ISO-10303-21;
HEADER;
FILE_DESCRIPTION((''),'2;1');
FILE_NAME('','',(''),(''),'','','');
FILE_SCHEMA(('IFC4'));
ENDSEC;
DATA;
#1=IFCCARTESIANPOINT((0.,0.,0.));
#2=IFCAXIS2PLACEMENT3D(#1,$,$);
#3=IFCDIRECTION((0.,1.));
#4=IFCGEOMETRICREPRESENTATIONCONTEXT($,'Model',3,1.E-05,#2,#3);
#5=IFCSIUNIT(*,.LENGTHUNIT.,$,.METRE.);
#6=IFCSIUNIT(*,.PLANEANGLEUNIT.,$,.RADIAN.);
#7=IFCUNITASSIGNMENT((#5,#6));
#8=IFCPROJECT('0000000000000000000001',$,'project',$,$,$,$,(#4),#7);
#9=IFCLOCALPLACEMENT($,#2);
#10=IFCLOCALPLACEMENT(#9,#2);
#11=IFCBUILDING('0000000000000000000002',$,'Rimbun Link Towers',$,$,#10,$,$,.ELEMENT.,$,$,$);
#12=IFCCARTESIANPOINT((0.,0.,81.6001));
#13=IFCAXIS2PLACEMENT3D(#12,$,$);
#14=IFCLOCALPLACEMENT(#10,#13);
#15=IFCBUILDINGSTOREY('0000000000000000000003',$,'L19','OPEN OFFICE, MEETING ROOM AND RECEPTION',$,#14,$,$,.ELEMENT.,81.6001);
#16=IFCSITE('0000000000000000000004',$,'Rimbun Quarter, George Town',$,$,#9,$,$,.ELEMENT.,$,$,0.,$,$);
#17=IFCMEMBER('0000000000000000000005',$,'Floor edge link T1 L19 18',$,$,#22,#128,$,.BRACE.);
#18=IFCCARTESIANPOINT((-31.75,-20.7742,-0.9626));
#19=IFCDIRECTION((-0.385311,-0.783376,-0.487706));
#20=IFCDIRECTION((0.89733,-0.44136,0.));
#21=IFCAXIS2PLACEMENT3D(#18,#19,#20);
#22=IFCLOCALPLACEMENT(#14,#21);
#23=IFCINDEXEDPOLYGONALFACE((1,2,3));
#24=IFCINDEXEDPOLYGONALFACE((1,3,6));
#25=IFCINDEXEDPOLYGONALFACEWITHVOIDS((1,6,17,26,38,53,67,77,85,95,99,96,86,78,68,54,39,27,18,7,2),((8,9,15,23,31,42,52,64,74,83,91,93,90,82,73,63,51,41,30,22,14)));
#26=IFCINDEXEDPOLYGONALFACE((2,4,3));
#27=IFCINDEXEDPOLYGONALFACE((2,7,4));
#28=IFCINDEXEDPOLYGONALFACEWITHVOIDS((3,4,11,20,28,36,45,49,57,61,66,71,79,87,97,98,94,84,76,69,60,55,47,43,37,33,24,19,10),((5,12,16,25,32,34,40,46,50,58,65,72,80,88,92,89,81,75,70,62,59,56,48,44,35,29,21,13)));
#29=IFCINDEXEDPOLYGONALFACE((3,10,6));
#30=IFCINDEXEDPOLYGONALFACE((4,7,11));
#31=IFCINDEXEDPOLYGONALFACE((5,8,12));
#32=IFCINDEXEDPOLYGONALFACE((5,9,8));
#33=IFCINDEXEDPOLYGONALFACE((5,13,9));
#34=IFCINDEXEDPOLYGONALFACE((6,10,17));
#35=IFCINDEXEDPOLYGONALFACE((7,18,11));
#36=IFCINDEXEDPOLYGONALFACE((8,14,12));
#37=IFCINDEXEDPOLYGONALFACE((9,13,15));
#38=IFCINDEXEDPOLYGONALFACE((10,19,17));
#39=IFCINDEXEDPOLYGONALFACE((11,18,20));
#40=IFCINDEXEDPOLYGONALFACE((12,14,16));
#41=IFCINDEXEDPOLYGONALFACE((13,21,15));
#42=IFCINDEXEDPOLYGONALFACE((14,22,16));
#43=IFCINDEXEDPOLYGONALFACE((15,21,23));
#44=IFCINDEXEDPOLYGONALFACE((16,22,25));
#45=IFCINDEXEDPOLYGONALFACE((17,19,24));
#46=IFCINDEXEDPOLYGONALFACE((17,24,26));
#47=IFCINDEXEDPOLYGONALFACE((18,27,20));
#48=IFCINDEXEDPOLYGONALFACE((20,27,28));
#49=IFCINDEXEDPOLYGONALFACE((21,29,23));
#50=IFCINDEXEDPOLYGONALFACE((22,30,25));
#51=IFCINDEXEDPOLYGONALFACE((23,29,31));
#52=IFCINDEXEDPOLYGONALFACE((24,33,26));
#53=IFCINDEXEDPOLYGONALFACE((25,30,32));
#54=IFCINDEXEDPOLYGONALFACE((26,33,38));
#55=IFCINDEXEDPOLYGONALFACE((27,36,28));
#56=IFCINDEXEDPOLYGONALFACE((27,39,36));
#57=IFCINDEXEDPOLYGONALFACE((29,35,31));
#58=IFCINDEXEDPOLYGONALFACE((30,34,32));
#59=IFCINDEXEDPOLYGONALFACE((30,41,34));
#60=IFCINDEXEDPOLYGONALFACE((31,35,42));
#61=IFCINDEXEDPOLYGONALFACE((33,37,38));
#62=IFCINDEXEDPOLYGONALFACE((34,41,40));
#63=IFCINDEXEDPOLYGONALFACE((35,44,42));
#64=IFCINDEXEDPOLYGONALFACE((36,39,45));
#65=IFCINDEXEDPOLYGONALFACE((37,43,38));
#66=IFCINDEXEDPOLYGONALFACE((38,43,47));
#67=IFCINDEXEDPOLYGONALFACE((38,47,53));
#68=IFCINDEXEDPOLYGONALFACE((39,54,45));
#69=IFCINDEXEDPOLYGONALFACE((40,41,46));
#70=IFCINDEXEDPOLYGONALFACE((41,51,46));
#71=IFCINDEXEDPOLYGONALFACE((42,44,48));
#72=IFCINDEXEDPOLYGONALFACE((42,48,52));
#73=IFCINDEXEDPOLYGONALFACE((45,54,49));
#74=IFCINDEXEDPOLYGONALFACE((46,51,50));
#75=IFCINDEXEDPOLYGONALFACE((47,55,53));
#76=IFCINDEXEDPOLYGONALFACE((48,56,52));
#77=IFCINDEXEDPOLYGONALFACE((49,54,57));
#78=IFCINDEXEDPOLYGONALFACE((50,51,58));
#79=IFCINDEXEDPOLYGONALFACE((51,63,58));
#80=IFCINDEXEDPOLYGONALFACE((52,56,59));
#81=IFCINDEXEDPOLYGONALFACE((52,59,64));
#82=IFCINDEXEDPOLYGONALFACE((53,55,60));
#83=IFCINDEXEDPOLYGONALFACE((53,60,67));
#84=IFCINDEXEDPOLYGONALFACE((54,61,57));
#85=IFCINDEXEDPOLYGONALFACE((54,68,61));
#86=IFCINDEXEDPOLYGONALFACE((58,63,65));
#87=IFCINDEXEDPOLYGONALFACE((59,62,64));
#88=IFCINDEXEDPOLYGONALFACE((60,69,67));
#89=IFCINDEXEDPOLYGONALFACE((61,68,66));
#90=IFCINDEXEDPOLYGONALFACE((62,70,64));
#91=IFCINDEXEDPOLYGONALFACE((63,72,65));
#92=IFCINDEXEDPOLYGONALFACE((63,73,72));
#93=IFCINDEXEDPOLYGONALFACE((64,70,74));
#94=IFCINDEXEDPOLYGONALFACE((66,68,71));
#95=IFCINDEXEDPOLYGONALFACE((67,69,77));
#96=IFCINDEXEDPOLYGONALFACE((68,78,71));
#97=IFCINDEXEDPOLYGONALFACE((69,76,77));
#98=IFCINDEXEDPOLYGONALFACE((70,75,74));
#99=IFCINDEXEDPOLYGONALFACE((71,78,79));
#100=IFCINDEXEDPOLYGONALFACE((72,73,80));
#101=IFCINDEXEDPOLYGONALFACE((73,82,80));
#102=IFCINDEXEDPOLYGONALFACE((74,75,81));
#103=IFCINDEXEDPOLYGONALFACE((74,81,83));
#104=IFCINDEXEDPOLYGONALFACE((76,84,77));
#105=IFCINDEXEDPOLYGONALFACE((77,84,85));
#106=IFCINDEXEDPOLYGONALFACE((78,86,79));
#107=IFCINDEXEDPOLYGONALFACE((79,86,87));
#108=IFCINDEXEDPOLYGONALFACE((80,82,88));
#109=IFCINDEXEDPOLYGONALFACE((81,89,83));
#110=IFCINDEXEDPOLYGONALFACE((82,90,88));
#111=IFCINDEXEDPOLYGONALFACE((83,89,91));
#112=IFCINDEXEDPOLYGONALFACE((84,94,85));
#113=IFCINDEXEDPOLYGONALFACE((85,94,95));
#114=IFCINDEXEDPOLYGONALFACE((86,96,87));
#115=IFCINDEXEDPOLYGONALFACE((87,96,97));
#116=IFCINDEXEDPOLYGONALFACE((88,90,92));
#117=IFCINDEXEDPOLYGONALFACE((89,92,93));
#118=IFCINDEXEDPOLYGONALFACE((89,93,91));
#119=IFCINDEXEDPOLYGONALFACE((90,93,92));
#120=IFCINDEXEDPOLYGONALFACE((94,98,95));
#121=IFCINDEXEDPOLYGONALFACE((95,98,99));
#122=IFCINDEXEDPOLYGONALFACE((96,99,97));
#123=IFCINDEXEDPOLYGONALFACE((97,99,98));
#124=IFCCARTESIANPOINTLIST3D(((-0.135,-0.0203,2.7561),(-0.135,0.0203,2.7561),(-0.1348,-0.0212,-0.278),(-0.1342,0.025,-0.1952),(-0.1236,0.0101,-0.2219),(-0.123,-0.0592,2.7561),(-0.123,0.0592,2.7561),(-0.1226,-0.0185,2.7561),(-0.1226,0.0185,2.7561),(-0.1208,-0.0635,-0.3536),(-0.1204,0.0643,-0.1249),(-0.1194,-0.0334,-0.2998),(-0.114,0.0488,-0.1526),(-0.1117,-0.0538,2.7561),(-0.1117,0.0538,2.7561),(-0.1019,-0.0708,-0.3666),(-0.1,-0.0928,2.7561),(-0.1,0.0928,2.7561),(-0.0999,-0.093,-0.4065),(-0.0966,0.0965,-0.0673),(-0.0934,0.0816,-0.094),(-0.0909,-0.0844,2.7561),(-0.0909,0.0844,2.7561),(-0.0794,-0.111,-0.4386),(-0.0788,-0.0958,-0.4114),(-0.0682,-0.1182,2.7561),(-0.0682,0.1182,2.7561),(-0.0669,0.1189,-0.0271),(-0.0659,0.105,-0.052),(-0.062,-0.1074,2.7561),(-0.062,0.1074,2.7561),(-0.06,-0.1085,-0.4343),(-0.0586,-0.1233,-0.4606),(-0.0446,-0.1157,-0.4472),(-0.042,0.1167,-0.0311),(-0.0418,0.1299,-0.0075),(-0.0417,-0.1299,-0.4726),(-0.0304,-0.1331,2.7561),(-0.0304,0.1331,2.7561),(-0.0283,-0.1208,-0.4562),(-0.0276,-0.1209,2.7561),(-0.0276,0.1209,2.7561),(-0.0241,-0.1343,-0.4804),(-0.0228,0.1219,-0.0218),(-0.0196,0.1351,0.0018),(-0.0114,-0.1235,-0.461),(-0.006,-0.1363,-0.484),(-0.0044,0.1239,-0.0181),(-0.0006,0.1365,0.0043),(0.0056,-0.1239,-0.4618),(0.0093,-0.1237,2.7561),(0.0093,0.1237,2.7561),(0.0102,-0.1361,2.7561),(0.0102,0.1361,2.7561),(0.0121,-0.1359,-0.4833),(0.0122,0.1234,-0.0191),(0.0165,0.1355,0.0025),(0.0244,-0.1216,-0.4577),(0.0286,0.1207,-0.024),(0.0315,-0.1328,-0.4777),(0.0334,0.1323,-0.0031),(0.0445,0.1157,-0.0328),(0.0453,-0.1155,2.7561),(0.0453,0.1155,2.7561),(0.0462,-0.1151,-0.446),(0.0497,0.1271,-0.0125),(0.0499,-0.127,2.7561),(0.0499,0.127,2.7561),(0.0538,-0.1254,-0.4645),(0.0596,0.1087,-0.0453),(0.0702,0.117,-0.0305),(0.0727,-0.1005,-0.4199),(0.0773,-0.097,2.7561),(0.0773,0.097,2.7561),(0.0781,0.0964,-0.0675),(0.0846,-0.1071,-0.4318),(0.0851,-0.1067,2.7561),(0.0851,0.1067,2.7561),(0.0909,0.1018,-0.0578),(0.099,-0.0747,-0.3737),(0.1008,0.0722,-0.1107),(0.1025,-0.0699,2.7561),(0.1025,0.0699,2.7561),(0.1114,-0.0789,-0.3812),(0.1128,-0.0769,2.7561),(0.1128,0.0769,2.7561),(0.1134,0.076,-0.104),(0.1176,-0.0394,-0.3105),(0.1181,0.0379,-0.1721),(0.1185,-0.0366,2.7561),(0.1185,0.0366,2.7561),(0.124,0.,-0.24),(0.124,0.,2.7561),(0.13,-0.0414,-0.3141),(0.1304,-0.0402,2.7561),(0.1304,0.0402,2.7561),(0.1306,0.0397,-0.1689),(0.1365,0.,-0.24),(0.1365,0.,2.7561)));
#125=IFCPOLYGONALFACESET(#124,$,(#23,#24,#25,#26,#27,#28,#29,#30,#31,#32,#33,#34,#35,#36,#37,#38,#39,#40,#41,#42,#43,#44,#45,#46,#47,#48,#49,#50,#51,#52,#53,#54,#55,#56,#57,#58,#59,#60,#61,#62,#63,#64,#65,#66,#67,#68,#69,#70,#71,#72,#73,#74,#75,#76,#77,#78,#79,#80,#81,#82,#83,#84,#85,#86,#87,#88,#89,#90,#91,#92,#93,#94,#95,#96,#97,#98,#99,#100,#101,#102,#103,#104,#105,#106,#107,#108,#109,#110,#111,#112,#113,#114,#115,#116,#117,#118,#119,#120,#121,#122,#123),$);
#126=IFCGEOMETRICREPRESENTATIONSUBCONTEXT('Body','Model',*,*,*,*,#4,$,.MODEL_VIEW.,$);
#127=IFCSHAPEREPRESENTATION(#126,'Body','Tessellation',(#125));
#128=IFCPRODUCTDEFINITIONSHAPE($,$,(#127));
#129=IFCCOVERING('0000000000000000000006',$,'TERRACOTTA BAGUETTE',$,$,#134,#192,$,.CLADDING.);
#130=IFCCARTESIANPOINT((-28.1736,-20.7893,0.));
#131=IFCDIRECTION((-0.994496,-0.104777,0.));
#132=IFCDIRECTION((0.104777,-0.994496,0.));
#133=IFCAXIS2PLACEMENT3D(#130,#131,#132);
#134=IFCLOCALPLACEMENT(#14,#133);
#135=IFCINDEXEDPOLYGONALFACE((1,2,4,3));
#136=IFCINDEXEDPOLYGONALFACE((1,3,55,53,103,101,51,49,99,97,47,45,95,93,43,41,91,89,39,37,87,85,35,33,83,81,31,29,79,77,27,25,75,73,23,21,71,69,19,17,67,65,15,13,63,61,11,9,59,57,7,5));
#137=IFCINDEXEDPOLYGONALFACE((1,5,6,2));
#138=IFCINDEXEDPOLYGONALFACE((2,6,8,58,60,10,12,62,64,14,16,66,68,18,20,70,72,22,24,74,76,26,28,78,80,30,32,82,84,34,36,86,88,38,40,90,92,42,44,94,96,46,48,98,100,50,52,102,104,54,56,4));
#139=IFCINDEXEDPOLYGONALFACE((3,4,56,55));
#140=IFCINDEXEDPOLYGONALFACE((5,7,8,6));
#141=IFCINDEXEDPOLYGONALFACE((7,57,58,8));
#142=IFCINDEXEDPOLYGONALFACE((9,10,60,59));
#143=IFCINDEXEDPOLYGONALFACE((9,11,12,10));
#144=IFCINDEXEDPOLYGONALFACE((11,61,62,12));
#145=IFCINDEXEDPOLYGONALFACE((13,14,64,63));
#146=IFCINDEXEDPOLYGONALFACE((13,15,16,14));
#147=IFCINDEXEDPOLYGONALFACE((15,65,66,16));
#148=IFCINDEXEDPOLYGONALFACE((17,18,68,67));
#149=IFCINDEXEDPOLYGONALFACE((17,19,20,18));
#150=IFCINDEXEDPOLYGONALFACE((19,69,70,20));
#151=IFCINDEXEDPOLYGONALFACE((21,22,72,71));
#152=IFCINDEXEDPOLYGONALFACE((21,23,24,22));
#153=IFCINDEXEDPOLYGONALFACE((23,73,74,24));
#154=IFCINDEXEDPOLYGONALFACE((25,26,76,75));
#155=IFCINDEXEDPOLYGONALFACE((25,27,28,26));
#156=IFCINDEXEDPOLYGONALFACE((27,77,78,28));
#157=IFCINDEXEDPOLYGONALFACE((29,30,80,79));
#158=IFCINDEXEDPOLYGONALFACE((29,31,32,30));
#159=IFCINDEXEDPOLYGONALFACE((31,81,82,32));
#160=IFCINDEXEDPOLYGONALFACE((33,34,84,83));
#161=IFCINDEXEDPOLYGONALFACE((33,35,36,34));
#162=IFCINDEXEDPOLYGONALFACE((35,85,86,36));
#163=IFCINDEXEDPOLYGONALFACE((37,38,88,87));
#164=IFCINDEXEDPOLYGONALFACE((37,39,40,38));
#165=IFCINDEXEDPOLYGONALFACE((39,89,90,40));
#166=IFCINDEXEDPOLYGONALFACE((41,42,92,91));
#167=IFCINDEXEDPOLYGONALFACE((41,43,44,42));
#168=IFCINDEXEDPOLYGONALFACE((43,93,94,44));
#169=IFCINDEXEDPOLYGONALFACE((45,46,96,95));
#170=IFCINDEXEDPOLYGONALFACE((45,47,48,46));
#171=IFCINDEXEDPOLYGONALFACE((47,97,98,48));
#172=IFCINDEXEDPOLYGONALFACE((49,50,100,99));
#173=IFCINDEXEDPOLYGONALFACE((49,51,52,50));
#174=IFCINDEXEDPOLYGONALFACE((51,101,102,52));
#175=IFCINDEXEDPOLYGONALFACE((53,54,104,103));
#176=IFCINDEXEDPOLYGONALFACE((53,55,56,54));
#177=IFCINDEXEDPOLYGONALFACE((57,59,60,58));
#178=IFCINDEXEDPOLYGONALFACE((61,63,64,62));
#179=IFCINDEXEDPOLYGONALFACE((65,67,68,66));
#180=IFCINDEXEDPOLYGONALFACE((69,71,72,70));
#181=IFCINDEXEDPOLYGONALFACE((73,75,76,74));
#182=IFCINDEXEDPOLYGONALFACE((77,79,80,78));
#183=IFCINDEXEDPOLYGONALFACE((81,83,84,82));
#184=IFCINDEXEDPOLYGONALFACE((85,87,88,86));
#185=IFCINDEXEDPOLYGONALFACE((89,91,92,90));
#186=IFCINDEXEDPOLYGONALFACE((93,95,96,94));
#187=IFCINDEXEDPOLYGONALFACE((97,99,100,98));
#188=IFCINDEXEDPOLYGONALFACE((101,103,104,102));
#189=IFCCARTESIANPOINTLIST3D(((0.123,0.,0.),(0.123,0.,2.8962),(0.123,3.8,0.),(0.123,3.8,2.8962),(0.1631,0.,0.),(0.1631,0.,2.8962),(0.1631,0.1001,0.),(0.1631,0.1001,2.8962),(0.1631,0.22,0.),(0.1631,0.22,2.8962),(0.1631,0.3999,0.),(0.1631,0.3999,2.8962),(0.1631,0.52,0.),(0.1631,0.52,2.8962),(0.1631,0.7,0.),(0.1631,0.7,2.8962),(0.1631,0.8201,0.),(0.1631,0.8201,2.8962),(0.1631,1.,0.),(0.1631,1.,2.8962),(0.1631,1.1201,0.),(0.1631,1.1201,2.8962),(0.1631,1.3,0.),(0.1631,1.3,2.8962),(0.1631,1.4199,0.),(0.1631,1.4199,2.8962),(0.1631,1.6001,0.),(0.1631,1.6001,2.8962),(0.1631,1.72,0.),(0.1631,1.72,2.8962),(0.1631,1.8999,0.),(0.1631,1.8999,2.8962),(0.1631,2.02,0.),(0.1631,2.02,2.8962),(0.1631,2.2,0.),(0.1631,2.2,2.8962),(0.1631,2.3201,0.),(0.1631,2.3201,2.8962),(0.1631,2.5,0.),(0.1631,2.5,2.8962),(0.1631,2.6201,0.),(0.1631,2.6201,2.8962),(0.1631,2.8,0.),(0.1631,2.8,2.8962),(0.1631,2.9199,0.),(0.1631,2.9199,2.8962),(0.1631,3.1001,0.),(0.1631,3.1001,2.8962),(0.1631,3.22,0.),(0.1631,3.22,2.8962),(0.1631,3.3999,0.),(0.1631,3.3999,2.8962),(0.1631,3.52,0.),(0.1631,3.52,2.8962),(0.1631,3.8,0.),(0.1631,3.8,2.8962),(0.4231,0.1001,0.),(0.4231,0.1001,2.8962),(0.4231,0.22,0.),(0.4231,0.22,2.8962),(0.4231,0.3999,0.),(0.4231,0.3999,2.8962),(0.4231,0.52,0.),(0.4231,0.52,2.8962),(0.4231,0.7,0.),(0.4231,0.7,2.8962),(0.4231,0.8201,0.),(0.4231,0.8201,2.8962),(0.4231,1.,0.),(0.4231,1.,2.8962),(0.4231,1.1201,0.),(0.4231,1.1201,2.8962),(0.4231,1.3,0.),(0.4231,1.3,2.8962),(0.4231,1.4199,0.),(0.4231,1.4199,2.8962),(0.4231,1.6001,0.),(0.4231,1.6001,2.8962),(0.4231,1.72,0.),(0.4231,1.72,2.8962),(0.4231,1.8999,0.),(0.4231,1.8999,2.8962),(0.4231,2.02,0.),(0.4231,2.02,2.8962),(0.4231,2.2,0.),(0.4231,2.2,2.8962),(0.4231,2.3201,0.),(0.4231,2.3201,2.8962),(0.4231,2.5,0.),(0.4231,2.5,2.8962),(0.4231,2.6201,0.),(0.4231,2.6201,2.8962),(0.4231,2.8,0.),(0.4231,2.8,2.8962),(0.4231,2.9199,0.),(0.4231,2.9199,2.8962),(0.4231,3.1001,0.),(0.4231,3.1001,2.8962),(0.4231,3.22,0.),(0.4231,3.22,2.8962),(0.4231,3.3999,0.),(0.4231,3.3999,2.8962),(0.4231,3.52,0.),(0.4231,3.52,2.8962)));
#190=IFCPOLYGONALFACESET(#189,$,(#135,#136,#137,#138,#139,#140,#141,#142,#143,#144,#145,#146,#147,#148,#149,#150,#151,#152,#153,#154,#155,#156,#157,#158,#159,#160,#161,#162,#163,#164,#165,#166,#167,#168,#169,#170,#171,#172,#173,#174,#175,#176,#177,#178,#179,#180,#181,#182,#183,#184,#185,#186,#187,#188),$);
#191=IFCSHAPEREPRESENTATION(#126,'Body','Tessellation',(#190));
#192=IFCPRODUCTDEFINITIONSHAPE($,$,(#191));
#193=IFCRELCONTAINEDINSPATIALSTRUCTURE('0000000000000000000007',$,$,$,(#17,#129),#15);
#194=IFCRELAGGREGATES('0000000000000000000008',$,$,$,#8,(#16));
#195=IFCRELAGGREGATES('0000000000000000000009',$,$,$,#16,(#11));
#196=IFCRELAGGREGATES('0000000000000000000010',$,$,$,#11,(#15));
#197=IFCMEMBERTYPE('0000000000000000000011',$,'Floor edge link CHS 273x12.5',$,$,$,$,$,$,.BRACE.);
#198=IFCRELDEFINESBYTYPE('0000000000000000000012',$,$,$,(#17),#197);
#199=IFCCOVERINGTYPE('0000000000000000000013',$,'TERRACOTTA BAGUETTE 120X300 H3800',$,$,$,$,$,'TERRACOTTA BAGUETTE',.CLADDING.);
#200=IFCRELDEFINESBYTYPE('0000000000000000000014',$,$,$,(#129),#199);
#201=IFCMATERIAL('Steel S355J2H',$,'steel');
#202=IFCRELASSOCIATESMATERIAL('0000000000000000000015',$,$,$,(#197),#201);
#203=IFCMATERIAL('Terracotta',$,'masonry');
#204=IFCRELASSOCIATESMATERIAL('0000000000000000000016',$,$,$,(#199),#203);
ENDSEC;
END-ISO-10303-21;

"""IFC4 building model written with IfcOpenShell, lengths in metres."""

from ifc_helpers import new_model, si_unit, direction, frame, origin, origin_2d, place, context, subcontext, project, spatial, polyline, hollow_circle, outline, extrude, clip, halfspace, material, material_profile, profile_set, type_object, element, save


model = new_model("IFC4")

# Units and contexts
model_context = context("Model", 3, precision=1e-05, world=origin(), true_north=direction((0.0, 1.0)))
body_context = subcontext(model_context, "Body", "Model", "MODEL_VIEW")
ifc_project = project(units=[si_unit("LENGTHUNIT", "METRE"), si_unit("PLANEANGLEUNIT", "RADIAN")], contexts=[model_context])

# Site, building, storey
site_placement = place(None, origin())
site = spatial("IfcSite", under=ifc_project, at=site_placement, Name="Rimbun Quarter, George Town", CompositionType="ELEMENT", RefElevation=0.0)
building_placement = place(site_placement, origin())
building = spatial("IfcBuilding", under=site, at=building_placement, Name="Rimbun Link Towers", CompositionType="ELEMENT")
storey_placement = place(building_placement, frame((0.0, 0.0, 81.6001)))
storey = spatial("IfcBuildingStorey", under=building, at=storey_placement, Name="L19", Description="OPEN OFFICE, MEETING ROOM AND RECEPTION", CompositionType="ELEMENT", Elevation=81.6001)

# Member
ifc_material_1 = material(Name="Steel S355J2H", Category="steel")
ifc_material_profile_1 = material_profile(ifc_material_1, hollow_circle(Radius=0.1365, WallThickness=0.0125, at=origin_2d()), Name="CHS 273x12.5")
ifc_profile_set_1 = profile_set([ifc_material_profile_1], Name="Steel S355J2H")
member_type_1 = type_object("IfcMemberType", Name="Floor edge link CHS 273x12.5", PredefinedType="BRACE", material=ifc_profile_set_1)
member_1_placement = place(storey_placement, frame((-31.75, -20.7742, -0.9626), z_axis=(-0.385311, -0.783376, -0.487706), x_axis=(0.89733, -0.44136, 0.0)))
element("IfcMember", 1, at=member_1_placement, inside=storey, type_object=member_type_1, Name="Floor edge link T1 L19 18", PredefinedType="BRACE", context=body_context, shape_type="Clipping", body=[
    clip(extrude(hollow_circle(Radius=0.1365, WallThickness=0.0125, at=origin_2d()), frame((0.0, 0.0, -0.5093)), (0.0, 0.0, 1.0), 3.2654), halfspace(frame((0.0, 0.0, -0.24), z_axis=(0.0, 0.873008, -0.487706)), False)),
])

# Covering
ifc_material_2 = material(Name="Terracotta", Category="masonry")
ifc_material_profile_2 = material_profile(ifc_material_2, outline(polyline([(0.123, 0.0), (0.1631, 0.0), (0.1631, 0.1001), (0.4231, 0.1001), (0.4231, 0.22), (0.1631, 0.22), (0.1631, 0.3999), (0.4231, 0.3999), (0.4231, 0.52), (0.1631, 0.52), (0.1631, 0.7), (0.4231, 0.7), (0.4231, 0.8201), (0.1631, 0.8201), (0.1631, 1.0), (0.4231, 1.0), (0.4231, 1.1201), (0.1631, 1.1201), (0.1631, 1.3), (0.4231, 1.3), (0.4231, 1.4199), (0.1631, 1.4199), (0.1631, 1.6001), (0.4231, 1.6001), (0.4231, 1.72), (0.1631, 1.72), (0.1631, 1.8999), (0.4231, 1.8999), (0.4231, 2.02), (0.1631, 2.02), (0.1631, 2.2), (0.4231, 2.2), (0.4231, 2.3201), (0.1631, 2.3201), (0.1631, 2.5), (0.4231, 2.5), (0.4231, 2.6201), (0.1631, 2.6201), (0.1631, 2.8), (0.4231, 2.8), (0.4231, 2.9199), (0.1631, 2.9199), (0.1631, 3.1001), (0.4231, 3.1001), (0.4231, 3.22), (0.1631, 3.22), (0.1631, 3.3999), (0.4231, 3.3999), (0.4231, 3.52), (0.1631, 3.52), (0.1631, 3.8), (0.123, 3.8), (0.123, 0.0)])), Name="BAGUETTE 120X300")
ifc_profile_set_2 = profile_set([ifc_material_profile_2], Name="Terracotta")
covering_type = type_object("IfcCoveringType", Name="TERRACOTTA BAGUETTE 120X300 H3800", ElementType="TERRACOTTA BAGUETTE", PredefinedType="CLADDING", material=ifc_profile_set_2)
covering_placement = place(storey_placement, frame((-28.1736, -20.7893, 0.0), z_axis=(-0.994496, -0.104777, 0.0), x_axis=(0.104777, -0.994496, 0.0)))
element("IfcCovering", 2, at=covering_placement, inside=storey, type_object=covering_type, Name="TERRACOTTA BAGUETTE", PredefinedType="CLADDING", context=body_context, shape_type="SweptSolid", body=[
    extrude(outline(polyline([(0.123, 0.0), (0.1631, 0.0), (0.1631, 0.1001), (0.4231, 0.1001), (0.4231, 0.22), (0.1631, 0.22), (0.1631, 0.3999), (0.4231, 0.3999), (0.4231, 0.52), (0.1631, 0.52), (0.1631, 0.7), (0.4231, 0.7), (0.4231, 0.8201), (0.1631, 0.8201), (0.1631, 1.0), (0.4231, 1.0), (0.4231, 1.1201), (0.1631, 1.1201), (0.1631, 1.3), (0.4231, 1.3), (0.4231, 1.4199), (0.1631, 1.4199), (0.1631, 1.6001), (0.4231, 1.6001), (0.4231, 1.72), (0.1631, 1.72), (0.1631, 1.8999), (0.4231, 1.8999), (0.4231, 2.02), (0.1631, 2.02), (0.1631, 2.2), (0.4231, 2.2), (0.4231, 2.3201), (0.1631, 2.3201), (0.1631, 2.5), (0.4231, 2.5), (0.4231, 2.6201), (0.1631, 2.6201), (0.1631, 2.8), (0.4231, 2.8), (0.4231, 2.9199), (0.1631, 2.9199), (0.1631, 3.1001), (0.4231, 3.1001), (0.4231, 3.22), (0.1631, 3.22), (0.1631, 3.3999), (0.4231, 3.3999), (0.4231, 3.52), (0.1631, 3.52), (0.1631, 3.8), (0.123, 3.8), (0.123, 0.0)])), origin(), (0.0, 0.0, 1.0), 2.8962),
])

save(model, "model.ifc")
